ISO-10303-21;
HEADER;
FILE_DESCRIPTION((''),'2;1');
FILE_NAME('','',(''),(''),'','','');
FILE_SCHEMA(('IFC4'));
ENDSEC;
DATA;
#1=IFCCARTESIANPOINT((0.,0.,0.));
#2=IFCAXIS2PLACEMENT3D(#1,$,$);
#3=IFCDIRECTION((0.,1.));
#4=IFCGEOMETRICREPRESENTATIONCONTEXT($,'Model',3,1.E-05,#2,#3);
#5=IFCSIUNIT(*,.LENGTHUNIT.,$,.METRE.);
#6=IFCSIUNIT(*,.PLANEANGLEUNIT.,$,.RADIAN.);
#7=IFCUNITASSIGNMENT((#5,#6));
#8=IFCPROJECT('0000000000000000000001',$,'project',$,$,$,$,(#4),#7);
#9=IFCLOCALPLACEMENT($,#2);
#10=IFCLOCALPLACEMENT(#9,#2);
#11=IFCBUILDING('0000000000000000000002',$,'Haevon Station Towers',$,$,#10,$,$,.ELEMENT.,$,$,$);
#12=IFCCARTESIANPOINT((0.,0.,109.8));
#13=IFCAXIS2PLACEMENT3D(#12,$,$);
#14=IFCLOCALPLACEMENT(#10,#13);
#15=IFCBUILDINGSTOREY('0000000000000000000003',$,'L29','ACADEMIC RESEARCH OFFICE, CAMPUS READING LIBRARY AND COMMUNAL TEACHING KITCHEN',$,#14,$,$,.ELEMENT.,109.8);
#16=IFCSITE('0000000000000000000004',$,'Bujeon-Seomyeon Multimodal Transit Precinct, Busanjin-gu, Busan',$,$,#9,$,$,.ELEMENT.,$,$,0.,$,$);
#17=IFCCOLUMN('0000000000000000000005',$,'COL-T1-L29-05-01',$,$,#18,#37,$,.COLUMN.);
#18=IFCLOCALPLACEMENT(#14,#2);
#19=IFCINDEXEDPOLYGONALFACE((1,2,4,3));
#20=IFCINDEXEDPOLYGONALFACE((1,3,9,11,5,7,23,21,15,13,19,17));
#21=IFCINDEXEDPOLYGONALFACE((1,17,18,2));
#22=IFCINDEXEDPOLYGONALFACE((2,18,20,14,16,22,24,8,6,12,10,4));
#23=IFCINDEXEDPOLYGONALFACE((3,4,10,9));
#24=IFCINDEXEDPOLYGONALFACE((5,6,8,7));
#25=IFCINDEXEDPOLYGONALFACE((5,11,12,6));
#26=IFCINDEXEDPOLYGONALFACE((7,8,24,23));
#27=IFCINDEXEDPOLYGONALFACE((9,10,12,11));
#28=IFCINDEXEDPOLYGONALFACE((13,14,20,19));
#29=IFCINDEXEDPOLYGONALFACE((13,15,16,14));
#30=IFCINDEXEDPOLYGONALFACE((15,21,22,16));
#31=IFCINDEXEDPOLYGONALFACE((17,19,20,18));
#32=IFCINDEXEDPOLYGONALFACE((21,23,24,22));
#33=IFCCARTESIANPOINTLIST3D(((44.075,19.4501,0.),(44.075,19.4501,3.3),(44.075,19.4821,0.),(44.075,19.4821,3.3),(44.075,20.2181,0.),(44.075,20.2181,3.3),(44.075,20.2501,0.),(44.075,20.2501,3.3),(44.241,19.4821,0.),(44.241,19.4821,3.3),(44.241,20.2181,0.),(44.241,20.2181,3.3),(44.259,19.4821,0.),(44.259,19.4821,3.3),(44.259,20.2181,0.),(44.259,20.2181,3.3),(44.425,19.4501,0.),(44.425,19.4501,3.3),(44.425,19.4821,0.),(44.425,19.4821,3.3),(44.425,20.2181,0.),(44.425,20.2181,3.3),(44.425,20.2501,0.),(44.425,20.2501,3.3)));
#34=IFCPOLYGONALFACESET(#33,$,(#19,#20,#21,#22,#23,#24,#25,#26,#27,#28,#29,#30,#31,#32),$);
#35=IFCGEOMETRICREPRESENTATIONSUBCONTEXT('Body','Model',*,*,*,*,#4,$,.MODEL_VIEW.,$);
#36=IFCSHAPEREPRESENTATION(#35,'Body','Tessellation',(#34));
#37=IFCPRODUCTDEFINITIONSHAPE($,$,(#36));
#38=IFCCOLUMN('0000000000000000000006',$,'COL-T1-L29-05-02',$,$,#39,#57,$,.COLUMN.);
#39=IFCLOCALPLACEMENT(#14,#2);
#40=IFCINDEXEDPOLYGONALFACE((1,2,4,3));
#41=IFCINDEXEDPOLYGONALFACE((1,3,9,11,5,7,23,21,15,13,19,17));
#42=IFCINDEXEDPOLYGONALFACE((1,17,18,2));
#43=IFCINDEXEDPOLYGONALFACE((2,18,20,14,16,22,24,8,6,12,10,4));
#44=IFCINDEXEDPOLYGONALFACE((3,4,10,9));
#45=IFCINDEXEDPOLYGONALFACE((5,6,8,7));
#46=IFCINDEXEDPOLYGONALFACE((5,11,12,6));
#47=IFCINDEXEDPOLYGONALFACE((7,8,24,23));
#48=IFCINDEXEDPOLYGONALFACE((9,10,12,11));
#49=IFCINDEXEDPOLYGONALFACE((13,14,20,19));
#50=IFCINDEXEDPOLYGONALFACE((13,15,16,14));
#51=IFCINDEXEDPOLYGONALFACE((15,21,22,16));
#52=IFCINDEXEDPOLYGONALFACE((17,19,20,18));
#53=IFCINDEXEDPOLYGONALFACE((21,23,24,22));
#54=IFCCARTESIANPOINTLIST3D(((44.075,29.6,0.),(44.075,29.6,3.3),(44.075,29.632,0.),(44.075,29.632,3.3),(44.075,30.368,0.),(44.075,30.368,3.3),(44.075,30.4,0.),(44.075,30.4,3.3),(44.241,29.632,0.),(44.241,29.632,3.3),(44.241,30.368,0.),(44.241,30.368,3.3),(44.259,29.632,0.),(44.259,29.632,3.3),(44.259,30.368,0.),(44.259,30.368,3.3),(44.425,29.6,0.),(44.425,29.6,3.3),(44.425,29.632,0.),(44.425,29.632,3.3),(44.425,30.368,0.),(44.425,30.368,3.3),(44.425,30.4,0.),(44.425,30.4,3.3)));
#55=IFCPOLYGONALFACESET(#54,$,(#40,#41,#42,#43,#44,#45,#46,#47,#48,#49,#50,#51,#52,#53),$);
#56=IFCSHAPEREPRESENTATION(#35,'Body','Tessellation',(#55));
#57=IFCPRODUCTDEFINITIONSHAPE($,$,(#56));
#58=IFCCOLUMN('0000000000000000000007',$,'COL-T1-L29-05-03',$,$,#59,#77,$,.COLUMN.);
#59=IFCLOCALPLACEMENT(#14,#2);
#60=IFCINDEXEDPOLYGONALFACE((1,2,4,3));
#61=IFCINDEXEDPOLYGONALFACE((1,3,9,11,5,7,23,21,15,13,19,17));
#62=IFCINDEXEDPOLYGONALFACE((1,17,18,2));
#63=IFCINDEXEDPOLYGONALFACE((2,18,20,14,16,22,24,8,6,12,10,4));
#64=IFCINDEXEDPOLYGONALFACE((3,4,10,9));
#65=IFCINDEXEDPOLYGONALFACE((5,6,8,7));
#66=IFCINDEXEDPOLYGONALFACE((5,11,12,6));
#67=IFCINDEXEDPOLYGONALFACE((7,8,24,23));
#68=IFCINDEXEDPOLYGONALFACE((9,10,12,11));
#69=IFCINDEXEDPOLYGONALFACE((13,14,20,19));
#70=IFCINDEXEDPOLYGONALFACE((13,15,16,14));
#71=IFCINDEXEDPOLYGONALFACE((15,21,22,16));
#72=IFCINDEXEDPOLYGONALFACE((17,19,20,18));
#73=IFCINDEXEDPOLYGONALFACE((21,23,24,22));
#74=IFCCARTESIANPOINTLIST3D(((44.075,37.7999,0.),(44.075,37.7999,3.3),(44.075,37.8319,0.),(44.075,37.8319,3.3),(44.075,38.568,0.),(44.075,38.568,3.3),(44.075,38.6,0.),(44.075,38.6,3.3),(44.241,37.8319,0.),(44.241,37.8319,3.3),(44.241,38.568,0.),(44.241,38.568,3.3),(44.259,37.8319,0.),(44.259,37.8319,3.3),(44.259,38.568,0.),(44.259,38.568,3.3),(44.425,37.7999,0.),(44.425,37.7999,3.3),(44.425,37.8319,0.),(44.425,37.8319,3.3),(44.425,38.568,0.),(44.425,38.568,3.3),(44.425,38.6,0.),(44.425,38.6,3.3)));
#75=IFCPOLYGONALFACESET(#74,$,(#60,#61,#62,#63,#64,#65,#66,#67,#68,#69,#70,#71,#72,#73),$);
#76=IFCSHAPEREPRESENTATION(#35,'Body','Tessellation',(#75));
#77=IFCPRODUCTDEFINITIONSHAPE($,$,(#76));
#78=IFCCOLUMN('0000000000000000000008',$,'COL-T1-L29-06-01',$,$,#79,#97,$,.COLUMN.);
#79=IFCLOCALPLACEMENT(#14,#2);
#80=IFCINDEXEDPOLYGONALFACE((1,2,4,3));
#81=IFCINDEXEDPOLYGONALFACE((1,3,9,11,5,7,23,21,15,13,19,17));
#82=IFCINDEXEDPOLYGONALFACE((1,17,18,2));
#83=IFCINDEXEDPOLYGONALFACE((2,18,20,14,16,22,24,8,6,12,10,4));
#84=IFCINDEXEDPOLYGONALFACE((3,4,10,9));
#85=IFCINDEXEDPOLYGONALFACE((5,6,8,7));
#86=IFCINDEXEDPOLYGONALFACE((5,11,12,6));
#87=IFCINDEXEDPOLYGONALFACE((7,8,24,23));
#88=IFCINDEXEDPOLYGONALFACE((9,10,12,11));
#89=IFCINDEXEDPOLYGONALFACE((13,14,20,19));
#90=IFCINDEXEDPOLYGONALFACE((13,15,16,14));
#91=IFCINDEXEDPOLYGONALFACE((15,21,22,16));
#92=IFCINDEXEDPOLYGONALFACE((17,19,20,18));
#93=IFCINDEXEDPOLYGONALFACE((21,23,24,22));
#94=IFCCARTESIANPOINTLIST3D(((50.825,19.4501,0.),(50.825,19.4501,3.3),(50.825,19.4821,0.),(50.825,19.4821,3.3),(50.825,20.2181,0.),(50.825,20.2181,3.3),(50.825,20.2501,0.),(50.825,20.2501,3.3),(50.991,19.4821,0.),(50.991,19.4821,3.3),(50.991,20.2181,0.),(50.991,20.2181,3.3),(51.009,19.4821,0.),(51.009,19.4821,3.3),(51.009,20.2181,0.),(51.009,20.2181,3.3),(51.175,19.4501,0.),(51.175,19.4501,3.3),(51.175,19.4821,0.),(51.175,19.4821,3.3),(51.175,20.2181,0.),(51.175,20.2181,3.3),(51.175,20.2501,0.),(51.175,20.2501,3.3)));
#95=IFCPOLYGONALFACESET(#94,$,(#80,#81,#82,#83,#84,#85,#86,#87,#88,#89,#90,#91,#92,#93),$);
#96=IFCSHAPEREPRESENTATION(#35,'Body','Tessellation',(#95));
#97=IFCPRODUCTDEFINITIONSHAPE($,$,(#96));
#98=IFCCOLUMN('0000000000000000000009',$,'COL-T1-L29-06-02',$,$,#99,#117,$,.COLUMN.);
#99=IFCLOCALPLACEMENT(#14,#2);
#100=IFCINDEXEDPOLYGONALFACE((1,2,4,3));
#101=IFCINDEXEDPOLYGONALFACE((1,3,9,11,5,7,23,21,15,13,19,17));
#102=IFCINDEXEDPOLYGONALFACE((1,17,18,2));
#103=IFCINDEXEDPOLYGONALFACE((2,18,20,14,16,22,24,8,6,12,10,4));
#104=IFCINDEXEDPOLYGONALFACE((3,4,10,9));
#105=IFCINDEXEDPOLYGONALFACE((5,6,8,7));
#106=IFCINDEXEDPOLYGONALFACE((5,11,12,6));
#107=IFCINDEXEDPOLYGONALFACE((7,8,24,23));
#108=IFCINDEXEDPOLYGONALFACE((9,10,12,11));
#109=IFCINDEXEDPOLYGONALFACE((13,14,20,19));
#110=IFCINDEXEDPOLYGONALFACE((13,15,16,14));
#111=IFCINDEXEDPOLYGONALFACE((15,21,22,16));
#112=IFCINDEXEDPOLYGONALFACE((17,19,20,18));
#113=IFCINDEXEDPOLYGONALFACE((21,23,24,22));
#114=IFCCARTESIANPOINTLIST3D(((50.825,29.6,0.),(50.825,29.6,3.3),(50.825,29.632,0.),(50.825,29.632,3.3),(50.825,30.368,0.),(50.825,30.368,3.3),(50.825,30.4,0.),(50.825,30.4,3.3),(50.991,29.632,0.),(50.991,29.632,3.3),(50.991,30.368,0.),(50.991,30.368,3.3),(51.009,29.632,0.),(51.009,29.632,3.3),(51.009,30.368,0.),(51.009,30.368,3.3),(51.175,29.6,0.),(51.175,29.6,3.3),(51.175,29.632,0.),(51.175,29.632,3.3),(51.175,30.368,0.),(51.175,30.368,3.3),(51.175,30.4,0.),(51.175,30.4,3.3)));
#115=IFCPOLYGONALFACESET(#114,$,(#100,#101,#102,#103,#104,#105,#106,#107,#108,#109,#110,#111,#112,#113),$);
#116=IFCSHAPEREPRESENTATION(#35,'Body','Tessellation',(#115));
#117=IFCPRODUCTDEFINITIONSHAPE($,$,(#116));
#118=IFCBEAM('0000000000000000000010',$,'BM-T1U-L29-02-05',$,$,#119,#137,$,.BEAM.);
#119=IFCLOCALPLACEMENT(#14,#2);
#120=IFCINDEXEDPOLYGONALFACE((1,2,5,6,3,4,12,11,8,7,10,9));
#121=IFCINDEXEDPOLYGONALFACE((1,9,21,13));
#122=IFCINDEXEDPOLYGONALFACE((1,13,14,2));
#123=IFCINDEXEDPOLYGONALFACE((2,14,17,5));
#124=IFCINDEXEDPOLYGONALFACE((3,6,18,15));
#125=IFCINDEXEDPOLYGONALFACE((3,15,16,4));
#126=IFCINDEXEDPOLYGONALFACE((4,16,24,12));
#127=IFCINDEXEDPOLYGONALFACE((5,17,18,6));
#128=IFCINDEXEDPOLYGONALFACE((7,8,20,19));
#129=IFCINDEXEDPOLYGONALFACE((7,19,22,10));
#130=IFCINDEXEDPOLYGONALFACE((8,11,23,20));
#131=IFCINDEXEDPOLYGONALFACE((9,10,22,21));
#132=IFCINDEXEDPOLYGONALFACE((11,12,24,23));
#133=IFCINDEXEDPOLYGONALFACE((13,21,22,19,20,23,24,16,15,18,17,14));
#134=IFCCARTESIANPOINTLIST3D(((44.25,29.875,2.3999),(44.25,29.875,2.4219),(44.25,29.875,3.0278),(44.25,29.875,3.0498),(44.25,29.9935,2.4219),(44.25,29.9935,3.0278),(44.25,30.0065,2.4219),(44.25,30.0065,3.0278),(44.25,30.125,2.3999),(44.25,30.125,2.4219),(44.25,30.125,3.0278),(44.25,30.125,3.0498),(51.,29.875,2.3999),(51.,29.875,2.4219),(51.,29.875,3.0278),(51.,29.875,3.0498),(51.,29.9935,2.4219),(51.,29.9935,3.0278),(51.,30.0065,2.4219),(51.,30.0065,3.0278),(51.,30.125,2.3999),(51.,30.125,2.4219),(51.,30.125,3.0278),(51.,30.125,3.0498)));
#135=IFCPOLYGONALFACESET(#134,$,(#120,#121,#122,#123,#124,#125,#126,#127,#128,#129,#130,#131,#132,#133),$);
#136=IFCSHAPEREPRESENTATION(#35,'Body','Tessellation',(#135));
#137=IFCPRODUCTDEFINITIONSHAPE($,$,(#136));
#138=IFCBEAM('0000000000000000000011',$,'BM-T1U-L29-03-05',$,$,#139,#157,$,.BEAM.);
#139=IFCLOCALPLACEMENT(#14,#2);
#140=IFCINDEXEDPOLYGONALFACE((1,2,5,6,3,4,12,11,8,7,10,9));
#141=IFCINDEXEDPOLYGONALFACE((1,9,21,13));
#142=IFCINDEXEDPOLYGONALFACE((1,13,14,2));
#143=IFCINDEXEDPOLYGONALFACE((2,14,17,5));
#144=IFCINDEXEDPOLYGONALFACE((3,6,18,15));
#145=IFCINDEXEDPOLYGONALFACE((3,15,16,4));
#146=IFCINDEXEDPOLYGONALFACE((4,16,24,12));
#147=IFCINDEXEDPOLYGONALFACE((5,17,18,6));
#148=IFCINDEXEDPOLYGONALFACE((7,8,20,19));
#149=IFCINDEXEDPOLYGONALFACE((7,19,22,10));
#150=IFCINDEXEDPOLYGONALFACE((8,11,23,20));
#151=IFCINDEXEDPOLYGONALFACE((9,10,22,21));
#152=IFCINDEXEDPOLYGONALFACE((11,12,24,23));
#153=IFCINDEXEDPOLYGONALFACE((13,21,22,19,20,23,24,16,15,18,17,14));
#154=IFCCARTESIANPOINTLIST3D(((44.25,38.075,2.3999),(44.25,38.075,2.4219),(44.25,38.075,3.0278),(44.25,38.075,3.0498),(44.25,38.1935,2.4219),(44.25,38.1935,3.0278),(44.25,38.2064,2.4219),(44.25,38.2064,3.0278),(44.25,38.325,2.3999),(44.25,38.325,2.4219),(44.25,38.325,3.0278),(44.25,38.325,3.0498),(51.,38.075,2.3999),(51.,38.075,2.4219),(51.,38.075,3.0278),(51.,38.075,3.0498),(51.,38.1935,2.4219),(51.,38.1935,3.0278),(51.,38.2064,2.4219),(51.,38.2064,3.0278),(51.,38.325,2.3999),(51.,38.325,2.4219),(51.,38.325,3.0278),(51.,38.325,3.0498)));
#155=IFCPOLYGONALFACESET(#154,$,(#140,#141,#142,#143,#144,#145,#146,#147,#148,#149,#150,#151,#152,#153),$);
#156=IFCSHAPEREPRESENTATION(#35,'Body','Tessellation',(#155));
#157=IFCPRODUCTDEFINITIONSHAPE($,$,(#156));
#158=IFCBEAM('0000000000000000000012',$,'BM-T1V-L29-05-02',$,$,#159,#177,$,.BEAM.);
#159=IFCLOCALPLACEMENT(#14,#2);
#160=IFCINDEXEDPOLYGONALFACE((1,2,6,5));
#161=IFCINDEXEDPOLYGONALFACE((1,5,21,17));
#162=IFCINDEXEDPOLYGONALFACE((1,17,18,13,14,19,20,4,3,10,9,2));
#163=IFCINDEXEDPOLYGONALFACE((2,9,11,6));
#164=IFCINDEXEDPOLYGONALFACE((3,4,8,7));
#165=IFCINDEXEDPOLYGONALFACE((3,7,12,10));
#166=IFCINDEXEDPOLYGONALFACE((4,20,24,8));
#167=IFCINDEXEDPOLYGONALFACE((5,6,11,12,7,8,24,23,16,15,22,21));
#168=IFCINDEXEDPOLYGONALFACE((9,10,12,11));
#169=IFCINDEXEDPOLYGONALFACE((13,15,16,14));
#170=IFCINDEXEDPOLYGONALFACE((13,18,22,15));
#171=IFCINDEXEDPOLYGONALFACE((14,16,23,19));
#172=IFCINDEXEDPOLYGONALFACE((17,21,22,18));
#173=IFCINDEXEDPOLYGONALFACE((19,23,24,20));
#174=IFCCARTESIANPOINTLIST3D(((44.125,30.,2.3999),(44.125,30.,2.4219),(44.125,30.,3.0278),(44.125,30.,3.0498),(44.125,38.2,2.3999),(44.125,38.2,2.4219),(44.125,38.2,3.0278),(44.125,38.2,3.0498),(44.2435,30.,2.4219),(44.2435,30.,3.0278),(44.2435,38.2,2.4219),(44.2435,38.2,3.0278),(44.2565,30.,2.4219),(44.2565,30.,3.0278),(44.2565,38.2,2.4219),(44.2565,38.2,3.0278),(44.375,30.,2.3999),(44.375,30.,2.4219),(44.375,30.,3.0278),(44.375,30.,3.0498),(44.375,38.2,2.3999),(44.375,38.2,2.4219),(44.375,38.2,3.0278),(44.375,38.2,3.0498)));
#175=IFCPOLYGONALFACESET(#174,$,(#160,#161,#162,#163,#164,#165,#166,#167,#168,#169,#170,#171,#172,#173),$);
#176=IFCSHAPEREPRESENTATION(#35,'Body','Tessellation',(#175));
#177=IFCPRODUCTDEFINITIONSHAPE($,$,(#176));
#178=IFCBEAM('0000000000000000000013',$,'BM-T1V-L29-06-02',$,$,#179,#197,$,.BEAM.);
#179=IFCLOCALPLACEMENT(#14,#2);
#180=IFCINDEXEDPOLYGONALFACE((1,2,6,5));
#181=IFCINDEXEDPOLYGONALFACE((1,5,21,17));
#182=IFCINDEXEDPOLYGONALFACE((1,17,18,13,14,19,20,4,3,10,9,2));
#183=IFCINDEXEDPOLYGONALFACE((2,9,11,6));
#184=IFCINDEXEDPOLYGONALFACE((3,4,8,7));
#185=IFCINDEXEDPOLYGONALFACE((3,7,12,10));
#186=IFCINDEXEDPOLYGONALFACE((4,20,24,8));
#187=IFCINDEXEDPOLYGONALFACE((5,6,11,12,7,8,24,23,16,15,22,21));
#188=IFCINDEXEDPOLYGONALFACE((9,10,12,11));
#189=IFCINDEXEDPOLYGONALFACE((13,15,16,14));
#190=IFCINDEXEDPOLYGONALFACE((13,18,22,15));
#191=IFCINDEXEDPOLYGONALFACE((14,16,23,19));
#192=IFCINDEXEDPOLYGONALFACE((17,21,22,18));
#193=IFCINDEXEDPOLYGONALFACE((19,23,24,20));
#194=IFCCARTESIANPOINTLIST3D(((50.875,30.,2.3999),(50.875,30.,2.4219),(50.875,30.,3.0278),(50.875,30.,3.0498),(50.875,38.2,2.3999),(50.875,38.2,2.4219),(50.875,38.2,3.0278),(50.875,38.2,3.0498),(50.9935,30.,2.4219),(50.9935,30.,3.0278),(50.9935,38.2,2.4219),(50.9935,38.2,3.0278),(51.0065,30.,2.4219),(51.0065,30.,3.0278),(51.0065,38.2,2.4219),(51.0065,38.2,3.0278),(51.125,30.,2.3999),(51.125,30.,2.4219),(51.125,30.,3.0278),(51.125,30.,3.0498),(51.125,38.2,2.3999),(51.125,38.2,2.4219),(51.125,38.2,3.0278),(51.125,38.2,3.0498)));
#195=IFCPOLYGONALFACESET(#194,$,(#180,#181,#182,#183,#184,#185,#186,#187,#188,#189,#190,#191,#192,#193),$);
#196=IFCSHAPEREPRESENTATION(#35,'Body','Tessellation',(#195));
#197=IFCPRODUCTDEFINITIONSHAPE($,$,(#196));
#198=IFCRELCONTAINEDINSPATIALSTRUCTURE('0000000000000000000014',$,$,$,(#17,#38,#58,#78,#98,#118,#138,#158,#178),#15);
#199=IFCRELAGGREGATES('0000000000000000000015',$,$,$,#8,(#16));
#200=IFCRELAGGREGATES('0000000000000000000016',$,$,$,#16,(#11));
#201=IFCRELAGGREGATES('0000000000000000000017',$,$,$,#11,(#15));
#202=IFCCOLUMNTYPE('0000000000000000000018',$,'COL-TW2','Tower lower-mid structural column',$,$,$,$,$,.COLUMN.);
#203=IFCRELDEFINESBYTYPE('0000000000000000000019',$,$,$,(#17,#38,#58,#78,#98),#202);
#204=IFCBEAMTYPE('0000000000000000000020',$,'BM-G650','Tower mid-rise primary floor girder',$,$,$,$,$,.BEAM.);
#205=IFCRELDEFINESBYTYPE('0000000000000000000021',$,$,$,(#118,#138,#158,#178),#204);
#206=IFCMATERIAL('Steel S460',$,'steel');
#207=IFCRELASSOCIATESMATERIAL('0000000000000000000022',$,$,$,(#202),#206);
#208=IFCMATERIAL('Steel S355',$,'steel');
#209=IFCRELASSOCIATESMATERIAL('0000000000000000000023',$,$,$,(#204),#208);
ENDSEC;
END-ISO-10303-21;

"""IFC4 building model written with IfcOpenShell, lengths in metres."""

from ifc_helpers import new_model, si_unit, direction, frame, origin, origin_2d, place, context, subcontext, project, spatial, i_section, extrude, material, material_profile, profile_set, type_object, element, save


model = new_model("IFC4")

# Units and contexts
model_context = context("Model", 3, precision=1e-05, world=origin(), true_north=direction((0.0, 1.0)))
body_context = subcontext(model_context, "Body", "Model", "MODEL_VIEW")
ifc_project = project(units=[si_unit("LENGTHUNIT", "METRE"), si_unit("PLANEANGLEUNIT", "RADIAN")], contexts=[model_context])

# Site, building, storey
site_placement = place(None, origin())
site = spatial("IfcSite", under=ifc_project, at=site_placement, Name="Bujeon-Seomyeon Multimodal Transit Precinct, Busanjin-gu, Busan", CompositionType="ELEMENT", RefElevation=0.0)
building_placement = place(site_placement, origin())
building = spatial("IfcBuilding", under=site, at=building_placement, Name="Haevon Station Towers", CompositionType="ELEMENT")
storey_placement = place(building_placement, frame((0.0, 0.0, 109.8)))
storey = spatial("IfcBuildingStorey", under=building, at=storey_placement, Name="L29", Description="ACADEMIC RESEARCH OFFICE, CAMPUS READING LIBRARY AND COMMUNAL TEACHING KITCHEN", CompositionType="ELEMENT", Elevation=109.8)

# Columns
ifc_material_1 = material(Name="Steel S460", Category="steel")
ifc_material_profile_1 = material_profile(ifc_material_1, i_section(OverallWidth=0.3501, OverallDepth=0.8, WebThickness=0.0181, FlangeThickness=0.032, at=origin_2d()), Name="H-800x350x18x32")
ifc_profile_set_1 = profile_set([ifc_material_profile_1], Name="Steel S460")
column_type = type_object("IfcColumnType", Name="COL-TW2", Description="Tower lower-mid structural column", PredefinedType="COLUMN", material=ifc_profile_set_1)
for number, where, z_axis, x_axis, name in (
    (1, (44.25, 19.8501, 0.0), (0.0, 0.0, 1.0), (1.0, 0.0, 0.0), "COL-T1-L29-05-01"),
    (2, (44.25, 30.0, 0.0), (0.0, 0.0, 1.0), (1.0, 0.0, 0.0), "COL-T1-L29-05-02"),
    (3, (44.25, 38.2, 0.0), (0.0, 0.0, 1.0), (1.0, 0.0, 0.0), "COL-T1-L29-05-03"),
    (4, (51.0, 19.8501, 0.0), (0.0, 0.0, 1.0), (1.0, 0.0, 0.0), "COL-T1-L29-06-01"),
    (5, (51.0, 30.0, 0.0), (0.0, 0.0, 1.0), (1.0, 0.0, 0.0), "COL-T1-L29-06-02"),
):
    element("IfcColumn", number, at=place(storey_placement, frame(where, z_axis=z_axis, x_axis=x_axis)), inside=storey, type_object=column_type, Name=name, PredefinedType="COLUMN", context=body_context, shape_type="SweptSolid", body=[
        extrude(i_section(OverallWidth=0.3501, OverallDepth=0.8, WebThickness=0.0181, FlangeThickness=0.032, at=origin_2d()), origin(), (0.0, 0.0, 1.0), 3.3),
    ])

# Beams
ifc_material_2 = material(Name="Steel S355", Category="steel")
ifc_material_profile_2 = material_profile(ifc_material_2, i_section(OverallWidth=0.25, OverallDepth=0.6499, WebThickness=0.0129, FlangeThickness=0.022, at=origin_2d()), Name="H-650x250x13x22")
ifc_profile_set_2 = profile_set([ifc_material_profile_2], Name="Steel S355")
beam_type_1 = type_object("IfcBeamType", Name="BM-G650", Description="Tower mid-rise primary floor girder", PredefinedType="BEAM", material=ifc_profile_set_2)
for number, where, z_axis, x_axis, name in (
    (6, (44.25, 30.0, 2.7249), (1.0, 0.0, 0.0), (0.0, 1.0, 0.0), "BM-T1U-L29-02-05"),
    (7, (44.25, 38.2, 2.7249), (1.0, 0.0, 0.0), (0.0, 1.0, 0.0), "BM-T1U-L29-03-05"),
):
    element("IfcBeam", number, at=place(storey_placement, frame(where, z_axis=z_axis, x_axis=x_axis)), inside=storey, type_object=beam_type_1, Name=name, PredefinedType="BEAM", context=body_context, shape_type="SweptSolid", body=[
        extrude(i_section(OverallWidth=0.25, OverallDepth=0.6499, WebThickness=0.0129, FlangeThickness=0.022, at=origin_2d()), origin(), (0.0, 0.0, 1.0), 6.75),
    ])
for number, where, z_axis, x_axis, name in (
    (8, (44.25, 30.0, 2.7249), (0.0, 1.0, 0.0), (-1.0, 0.0, 0.0), "BM-T1V-L29-05-02"),
    (9, (51.0, 30.0, 2.7249), (0.0, 1.0, 0.0), (-1.0, 0.0, 0.0), "BM-T1V-L29-06-02"),
):
    element("IfcBeam", number, at=place(storey_placement, frame(where, z_axis=z_axis, x_axis=x_axis)), inside=storey, type_object=beam_type_1, Name=name, PredefinedType="BEAM", context=body_context, shape_type="SweptSolid", body=[
        extrude(i_section(OverallWidth=0.25, OverallDepth=0.6499, WebThickness=0.0129, FlangeThickness=0.022, at=origin_2d()), origin(), (0.0, 0.0, 1.0), 8.2),
    ])

save(model, "model.ifc")
